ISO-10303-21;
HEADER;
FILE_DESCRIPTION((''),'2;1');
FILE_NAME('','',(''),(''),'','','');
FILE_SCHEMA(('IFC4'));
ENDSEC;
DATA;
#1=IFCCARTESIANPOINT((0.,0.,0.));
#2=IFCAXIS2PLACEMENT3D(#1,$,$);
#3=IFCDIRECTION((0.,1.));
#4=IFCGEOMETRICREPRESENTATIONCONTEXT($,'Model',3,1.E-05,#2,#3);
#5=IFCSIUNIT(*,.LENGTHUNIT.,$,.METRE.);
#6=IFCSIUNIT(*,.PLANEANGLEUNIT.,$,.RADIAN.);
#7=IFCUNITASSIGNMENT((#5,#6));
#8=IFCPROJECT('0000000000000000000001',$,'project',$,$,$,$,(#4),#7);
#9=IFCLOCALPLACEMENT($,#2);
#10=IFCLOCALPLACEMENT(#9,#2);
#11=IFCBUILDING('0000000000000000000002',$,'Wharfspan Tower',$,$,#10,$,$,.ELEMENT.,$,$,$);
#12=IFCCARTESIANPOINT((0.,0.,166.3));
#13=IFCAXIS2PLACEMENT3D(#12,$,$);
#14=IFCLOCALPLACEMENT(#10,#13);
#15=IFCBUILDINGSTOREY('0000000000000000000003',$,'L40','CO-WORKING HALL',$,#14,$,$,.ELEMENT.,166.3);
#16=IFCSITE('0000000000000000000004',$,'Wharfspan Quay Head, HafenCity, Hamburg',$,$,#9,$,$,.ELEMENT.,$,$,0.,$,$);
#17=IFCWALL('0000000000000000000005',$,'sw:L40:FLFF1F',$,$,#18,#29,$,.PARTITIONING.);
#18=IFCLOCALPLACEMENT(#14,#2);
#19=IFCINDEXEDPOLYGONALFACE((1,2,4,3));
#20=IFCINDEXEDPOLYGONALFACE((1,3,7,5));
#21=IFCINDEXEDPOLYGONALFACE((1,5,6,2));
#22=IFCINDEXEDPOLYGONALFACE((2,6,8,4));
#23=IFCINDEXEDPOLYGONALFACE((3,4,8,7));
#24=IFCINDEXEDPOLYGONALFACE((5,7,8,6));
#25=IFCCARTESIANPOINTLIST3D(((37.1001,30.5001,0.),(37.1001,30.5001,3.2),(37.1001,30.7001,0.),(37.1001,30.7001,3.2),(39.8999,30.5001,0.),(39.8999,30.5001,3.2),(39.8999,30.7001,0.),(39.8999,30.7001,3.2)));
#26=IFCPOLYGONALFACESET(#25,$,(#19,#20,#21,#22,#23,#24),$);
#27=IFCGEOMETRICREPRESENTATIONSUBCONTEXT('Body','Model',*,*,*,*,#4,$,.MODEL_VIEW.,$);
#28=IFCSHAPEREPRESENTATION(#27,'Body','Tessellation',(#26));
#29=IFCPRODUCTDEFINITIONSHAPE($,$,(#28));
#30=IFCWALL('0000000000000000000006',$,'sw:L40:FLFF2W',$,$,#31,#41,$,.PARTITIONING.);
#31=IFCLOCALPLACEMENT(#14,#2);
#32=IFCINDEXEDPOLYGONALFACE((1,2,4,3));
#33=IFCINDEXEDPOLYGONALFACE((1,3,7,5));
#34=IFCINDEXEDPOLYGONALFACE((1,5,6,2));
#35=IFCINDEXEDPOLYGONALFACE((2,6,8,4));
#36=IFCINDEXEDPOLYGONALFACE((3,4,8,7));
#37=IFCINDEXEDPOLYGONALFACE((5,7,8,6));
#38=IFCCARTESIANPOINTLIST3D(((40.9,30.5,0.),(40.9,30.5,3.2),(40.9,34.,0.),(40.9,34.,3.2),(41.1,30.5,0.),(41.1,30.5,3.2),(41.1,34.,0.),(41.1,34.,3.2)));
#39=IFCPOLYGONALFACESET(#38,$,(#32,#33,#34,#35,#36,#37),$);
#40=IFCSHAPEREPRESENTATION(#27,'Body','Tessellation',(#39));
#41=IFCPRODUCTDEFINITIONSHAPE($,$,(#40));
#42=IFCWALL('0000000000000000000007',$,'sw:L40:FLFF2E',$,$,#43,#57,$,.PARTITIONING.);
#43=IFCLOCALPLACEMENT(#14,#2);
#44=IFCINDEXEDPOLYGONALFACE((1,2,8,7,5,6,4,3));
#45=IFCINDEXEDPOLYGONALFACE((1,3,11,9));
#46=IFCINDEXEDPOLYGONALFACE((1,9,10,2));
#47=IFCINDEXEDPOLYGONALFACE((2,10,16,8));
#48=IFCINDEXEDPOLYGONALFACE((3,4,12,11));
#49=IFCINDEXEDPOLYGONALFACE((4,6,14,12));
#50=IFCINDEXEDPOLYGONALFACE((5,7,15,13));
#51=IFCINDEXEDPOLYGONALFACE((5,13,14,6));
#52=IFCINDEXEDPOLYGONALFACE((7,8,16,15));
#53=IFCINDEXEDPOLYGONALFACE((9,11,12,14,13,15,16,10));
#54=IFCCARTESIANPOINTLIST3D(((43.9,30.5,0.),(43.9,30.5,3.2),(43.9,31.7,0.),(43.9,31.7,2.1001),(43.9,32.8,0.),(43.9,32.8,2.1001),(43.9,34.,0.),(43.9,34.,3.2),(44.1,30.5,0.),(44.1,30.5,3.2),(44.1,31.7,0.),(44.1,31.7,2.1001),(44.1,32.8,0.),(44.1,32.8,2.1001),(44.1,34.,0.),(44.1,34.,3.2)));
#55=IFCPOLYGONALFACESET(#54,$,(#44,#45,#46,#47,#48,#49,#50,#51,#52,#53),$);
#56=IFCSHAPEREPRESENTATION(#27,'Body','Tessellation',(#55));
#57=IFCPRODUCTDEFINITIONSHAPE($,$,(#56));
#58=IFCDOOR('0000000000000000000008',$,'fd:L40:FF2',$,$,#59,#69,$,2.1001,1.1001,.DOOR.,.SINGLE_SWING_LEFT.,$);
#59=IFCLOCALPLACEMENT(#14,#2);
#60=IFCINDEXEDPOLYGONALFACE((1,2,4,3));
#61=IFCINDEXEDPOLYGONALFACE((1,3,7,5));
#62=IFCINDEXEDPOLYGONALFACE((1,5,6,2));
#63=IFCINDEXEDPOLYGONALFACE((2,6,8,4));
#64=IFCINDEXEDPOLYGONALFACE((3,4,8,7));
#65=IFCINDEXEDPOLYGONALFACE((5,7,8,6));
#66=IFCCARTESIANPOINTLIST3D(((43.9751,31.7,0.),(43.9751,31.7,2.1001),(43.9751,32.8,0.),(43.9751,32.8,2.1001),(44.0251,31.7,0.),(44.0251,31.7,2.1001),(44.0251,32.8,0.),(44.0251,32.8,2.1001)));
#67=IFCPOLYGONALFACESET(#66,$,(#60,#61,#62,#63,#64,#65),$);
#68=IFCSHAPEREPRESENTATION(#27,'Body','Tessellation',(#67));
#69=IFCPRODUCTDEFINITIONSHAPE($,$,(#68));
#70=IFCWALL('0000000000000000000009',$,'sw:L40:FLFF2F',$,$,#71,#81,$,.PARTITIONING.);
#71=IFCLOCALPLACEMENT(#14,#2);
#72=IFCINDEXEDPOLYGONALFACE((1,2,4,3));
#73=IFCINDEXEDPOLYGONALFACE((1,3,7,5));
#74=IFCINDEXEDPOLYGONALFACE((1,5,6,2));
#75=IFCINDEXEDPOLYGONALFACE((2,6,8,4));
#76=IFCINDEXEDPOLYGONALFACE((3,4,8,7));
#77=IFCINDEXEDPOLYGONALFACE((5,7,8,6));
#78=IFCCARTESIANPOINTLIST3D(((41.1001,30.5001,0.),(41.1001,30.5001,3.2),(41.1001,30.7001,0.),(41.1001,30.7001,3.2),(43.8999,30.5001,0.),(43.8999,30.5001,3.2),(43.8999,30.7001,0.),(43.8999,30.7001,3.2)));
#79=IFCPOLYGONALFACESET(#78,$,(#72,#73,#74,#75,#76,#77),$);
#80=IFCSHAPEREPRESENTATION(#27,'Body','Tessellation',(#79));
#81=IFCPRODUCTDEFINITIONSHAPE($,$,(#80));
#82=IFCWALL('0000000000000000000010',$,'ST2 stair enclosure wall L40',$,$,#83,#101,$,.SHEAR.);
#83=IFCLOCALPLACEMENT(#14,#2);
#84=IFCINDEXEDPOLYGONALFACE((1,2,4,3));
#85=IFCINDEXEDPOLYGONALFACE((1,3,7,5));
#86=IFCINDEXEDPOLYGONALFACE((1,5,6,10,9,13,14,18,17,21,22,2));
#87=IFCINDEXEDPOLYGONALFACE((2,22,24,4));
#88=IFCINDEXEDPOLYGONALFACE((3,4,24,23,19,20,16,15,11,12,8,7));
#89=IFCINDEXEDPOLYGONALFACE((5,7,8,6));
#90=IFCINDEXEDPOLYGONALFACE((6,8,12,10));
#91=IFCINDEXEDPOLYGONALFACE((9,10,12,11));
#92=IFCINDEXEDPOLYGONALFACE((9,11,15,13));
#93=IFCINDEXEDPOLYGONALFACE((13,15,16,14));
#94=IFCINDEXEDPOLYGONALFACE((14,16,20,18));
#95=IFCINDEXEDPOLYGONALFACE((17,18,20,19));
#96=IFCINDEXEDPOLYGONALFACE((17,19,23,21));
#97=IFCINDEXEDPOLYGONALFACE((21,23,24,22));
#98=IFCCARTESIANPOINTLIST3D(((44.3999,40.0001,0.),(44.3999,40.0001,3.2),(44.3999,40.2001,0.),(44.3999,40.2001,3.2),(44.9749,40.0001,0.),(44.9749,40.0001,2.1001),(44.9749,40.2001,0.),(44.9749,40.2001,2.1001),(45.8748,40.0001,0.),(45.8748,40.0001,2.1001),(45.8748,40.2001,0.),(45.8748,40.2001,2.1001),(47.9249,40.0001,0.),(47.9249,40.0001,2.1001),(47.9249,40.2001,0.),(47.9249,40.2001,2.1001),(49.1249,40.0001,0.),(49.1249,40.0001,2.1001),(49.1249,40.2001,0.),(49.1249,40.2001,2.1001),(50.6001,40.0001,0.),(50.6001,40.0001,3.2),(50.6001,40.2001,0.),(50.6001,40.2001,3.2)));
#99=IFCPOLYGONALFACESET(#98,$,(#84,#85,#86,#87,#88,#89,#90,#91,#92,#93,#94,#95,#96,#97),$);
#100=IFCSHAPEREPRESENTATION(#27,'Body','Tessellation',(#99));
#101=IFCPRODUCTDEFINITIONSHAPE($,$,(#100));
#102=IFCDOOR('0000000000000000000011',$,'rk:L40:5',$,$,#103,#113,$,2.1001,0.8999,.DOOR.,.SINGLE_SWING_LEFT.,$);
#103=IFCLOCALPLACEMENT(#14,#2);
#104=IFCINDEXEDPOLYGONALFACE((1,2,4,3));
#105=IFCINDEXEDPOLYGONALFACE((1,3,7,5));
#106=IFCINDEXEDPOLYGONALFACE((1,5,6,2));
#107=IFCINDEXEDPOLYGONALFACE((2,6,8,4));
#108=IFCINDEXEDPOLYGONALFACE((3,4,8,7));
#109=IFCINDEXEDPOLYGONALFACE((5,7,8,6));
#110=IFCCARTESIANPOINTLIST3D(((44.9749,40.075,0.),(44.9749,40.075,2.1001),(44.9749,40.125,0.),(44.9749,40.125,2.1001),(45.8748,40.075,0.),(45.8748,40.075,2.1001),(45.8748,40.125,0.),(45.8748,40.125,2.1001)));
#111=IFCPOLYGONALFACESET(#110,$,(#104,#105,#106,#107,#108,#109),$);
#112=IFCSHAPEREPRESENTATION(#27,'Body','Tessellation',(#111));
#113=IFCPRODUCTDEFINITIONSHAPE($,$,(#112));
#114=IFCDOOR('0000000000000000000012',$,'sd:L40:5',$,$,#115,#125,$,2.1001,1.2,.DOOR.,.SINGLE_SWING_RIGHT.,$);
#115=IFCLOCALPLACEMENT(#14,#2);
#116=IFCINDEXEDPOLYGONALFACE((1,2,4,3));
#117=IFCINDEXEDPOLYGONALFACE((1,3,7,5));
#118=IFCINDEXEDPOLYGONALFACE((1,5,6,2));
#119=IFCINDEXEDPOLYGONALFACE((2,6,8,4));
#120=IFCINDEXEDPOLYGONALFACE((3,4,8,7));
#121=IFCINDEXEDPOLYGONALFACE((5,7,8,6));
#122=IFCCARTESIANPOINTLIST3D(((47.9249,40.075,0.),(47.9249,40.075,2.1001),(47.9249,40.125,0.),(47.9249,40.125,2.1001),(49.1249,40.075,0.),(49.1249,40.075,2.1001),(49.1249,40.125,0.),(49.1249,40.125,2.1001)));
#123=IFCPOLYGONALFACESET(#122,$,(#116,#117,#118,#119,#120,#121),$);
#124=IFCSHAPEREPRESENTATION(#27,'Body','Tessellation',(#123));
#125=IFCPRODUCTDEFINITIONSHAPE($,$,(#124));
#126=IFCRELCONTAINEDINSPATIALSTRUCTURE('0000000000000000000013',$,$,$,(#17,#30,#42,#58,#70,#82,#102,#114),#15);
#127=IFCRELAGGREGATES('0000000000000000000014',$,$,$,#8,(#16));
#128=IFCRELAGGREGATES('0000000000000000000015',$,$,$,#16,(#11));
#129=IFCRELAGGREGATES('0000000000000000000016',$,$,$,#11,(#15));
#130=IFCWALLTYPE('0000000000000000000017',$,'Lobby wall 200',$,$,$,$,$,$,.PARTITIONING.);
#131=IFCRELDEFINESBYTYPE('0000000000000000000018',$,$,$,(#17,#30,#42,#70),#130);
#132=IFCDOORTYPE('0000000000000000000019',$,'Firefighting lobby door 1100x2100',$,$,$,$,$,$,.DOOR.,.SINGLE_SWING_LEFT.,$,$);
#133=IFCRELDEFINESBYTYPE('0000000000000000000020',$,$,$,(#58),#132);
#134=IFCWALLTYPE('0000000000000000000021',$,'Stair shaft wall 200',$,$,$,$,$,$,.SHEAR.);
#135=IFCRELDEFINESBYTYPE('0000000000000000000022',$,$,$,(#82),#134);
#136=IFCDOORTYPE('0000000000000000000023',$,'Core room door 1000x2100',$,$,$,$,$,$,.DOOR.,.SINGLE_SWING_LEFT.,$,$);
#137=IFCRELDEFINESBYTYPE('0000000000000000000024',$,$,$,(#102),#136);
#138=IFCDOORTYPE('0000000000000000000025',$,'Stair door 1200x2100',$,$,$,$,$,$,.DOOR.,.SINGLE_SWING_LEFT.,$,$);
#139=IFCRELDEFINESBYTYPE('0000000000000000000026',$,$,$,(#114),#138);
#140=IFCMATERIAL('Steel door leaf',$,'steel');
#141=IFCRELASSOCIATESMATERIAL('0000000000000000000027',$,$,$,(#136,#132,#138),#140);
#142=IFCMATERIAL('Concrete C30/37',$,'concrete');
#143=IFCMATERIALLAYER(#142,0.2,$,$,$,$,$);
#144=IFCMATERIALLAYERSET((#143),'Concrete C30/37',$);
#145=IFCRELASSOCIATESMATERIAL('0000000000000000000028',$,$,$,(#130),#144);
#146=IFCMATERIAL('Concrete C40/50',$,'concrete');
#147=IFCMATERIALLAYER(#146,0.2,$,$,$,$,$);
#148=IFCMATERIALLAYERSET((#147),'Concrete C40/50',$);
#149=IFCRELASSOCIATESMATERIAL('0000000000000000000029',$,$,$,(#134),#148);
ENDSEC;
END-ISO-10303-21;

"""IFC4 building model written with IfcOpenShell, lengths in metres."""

from ifc_helpers import new_model, si_unit, direction, frame, frame_2d, origin, place, context, subcontext, project, spatial, rectangle, extrude, material, layer, layer_set, type_object, element, fill, save


model = new_model("IFC4")

# Units and contexts
model_context = context("Model", 3, precision=1e-05, world=origin(), true_north=direction((0.0, 1.0)))
body_context = subcontext(model_context, "Body", "Model", "MODEL_VIEW")
ifc_project = project(units=[si_unit("LENGTHUNIT", "METRE"), si_unit("PLANEANGLEUNIT", "RADIAN")], contexts=[model_context])

# Site, building, storey
site_placement = place(None, origin())
site = spatial("IfcSite", under=ifc_project, at=site_placement, Name="Wharfspan Quay Head, HafenCity, Hamburg", CompositionType="ELEMENT", RefElevation=0.0)
building_placement = place(site_placement, origin())
building = spatial("IfcBuilding", under=site, at=building_placement, Name="Wharfspan Tower", CompositionType="ELEMENT")
storey_placement = place(building_placement, frame((0.0, 0.0, 166.3)))
storey = spatial("IfcBuildingStorey", under=building, at=storey_placement, Name="L40", Description="CO-WORKING HALL", CompositionType="ELEMENT", Elevation=166.3)

# Shared definitions
ifc_material_1 = material(Name="Steel door leaf", Category="steel")
door_type_1 = type_object("IfcDoorType", Name="Core room door 1000x2100", OperationType="SINGLE_SWING_LEFT", PredefinedType="DOOR", material=ifc_material_1)

# Shared definitions
ifc_material_2 = material(Name="Concrete C30/37", Category="concrete")
ifc_layer_1 = layer(ifc_material_2, 0.2)
ifc_layer_set_1 = layer_set([ifc_layer_1], Name="Concrete C30/37")
wall_type_1 = type_object("IfcWallType", Name="Lobby wall 200", PredefinedType="PARTITIONING", material=ifc_layer_set_1)
door_type_2 = type_object("IfcDoorType", Name="Firefighting lobby door 1100x2100", OperationType="SINGLE_SWING_LEFT", PredefinedType="DOOR", material=ifc_material_1)

# Walls
wall_1_placement = place(storey_placement, frame((37.1001, 30.6001, 0.0), z_axis=(0.0, 0.0, 1.0), x_axis=(1.0, 0.0, 0.0)))
element("IfcWall", 1, at=wall_1_placement, inside=storey, type_object=wall_type_1, Name="sw:L40:FLFF1F", PredefinedType="PARTITIONING", context=body_context, shape_type="SweptSolid", body=[
    extrude(rectangle(XDim=2.7998, YDim=0.2, at=frame_2d((1.3999, 0.0))), origin(), (0.0, 0.0, 1.0), 3.2),
])
wall_2_placement = place(storey_placement, frame((41.0, 30.5, 0.0), z_axis=(0.0, 0.0, 1.0), x_axis=(0.0, 1.0, 0.0)))
element("IfcWall", 2, at=wall_2_placement, inside=storey, type_object=wall_type_1, Name="sw:L40:FLFF2W", PredefinedType="PARTITIONING", context=body_context, shape_type="SweptSolid", body=[
    extrude(rectangle(XDim=3.5, YDim=0.2, at=frame_2d((1.75, 0.0))), origin(), (0.0, 0.0, 1.0), 3.2),
])

# Wall, opening, door
wall_3_placement = place(storey_placement, frame((44.0, 30.5, 0.0), z_axis=(0.0, 0.0, 1.0), x_axis=(0.0, 1.0, 0.0)))
wall_3 = element("IfcWall", 3, at=wall_3_placement, inside=storey, type_object=wall_type_1, Name="sw:L40:FLFF2E", PredefinedType="PARTITIONING", context=body_context, shape_type="SweptSolid", body=[
    extrude(rectangle(XDim=3.5, YDim=0.2, at=frame_2d((1.75, 0.0))), origin(), (0.0, 0.0, 1.0), 3.2),
])
opening_1_placement = place(wall_3_placement, frame((1.2, 0.0, 0.0)))
opening_1 = element("IfcOpeningElement", 4, at=opening_1_placement, cuts=wall_3, PredefinedType="OPENING", context=body_context, shape_type="SweptSolid", body=[
    extrude(rectangle(XDim=1.1001, YDim=2.1001, at=frame_2d((0.55, 1.05))), frame((0.0, 0.1099, 0.0), z_axis=(0.0, -1.0, 0.0), x_axis=(1.0, 0.0, 0.0)), (0.0, 0.0, 1.0), 0.22),
])
door_1_placement = place(opening_1_placement, origin())
door_1 = element("IfcDoor", 5, at=door_1_placement, inside=storey, type_object=door_type_2, Name="fd:L40:FF2", OperationType="SINGLE_SWING_LEFT", OverallHeight=2.1001, OverallWidth=1.1001, PredefinedType="DOOR", context=body_context, shape_type="SweptSolid", body=[
    extrude(rectangle(XDim=1.1001, YDim=2.1001, at=frame_2d((0.55, 1.05))), frame((0.0, 0.0249, 0.0), z_axis=(0.0, -1.0, 0.0), x_axis=(1.0, 0.0, 0.0)), (0.0, 0.0, 1.0), 0.05),
])
fill(opening_1, door_1)

# Wall
wall_4_placement = place(storey_placement, frame((41.1001, 30.6001, 0.0), z_axis=(0.0, 0.0, 1.0), x_axis=(1.0, 0.0, 0.0)))
element("IfcWall", 6, at=wall_4_placement, inside=storey, type_object=wall_type_1, Name="sw:L40:FLFF2F", PredefinedType="PARTITIONING", context=body_context, shape_type="SweptSolid", body=[
    extrude(rectangle(XDim=2.7998, YDim=0.2, at=frame_2d((1.3999, 0.0))), origin(), (0.0, 0.0, 1.0), 3.2),
])

# Wall, openings, doors
ifc_material_3 = material(Name="Concrete C40/50", Category="concrete")
ifc_layer_2 = layer(ifc_material_3, 0.2)
ifc_layer_set_2 = layer_set([ifc_layer_2], Name="Concrete C40/50")
wall_type_2 = type_object("IfcWallType", Name="Stair shaft wall 200", PredefinedType="SHEAR", material=ifc_layer_set_2)
wall_5_placement = place(storey_placement, frame((44.3999, 40.1001, 0.0), z_axis=(0.0, 0.0, 1.0), x_axis=(1.0, 0.0, 0.0)))
wall_5 = element("IfcWall", 7, at=wall_5_placement, inside=storey, type_object=wall_type_2, Name="ST2 stair enclosure wall L40", PredefinedType="SHEAR", context=body_context, shape_type="SweptSolid", body=[
    extrude(rectangle(XDim=6.2002, YDim=0.2, at=frame_2d((3.1001, 0.0))), origin(), (0.0, 0.0, 1.0), 3.2),
])
opening_2_placement = place(wall_5_placement, frame((3.5249, 0.0, 0.0)))
opening_2 = element("IfcOpeningElement", 8, at=opening_2_placement, cuts=wall_5, PredefinedType="OPENING", context=body_context, shape_type="SweptSolid", body=[
    extrude(rectangle(XDim=1.2, YDim=2.1001, at=frame_2d((0.6001, 1.05))), frame((0.0, 0.1099, 0.0), z_axis=(0.0, -1.0, 0.0), x_axis=(1.0, 0.0, 0.0)), (0.0, 0.0, 1.0), 0.22),
])
opening_3_placement = place(wall_5_placement, frame((0.575, 0.0, 0.0)))
opening_3 = element("IfcOpeningElement", 9, at=opening_3_placement, cuts=wall_5, PredefinedType="OPENING", context=body_context, shape_type="SweptSolid", body=[
    extrude(rectangle(XDim=0.8999, YDim=2.1001, at=frame_2d((0.45, 1.05))), frame((0.0, 0.1099, 0.0), z_axis=(0.0, -1.0, 0.0), x_axis=(1.0, 0.0, 0.0)), (0.0, 0.0, 1.0), 0.22),
])
door_2_placement = place(opening_3_placement, origin())
door_2 = element("IfcDoor", 10, at=door_2_placement, inside=storey, type_object=door_type_1, Name="rk:L40:5", OperationType="SINGLE_SWING_LEFT", OverallHeight=2.1001, OverallWidth=0.8999, PredefinedType="DOOR", context=body_context, shape_type="SweptSolid", body=[
    extrude(rectangle(XDim=0.8999, YDim=2.1001, at=frame_2d((0.45, 1.05))), frame((0.0, 0.0249, 0.0), z_axis=(0.0, -1.0, 0.0), x_axis=(1.0, 0.0, 0.0)), (0.0, 0.0, 1.0), 0.05),
])
fill(opening_3, door_2)
door_type_3 = type_object("IfcDoorType", Name="Stair door 1200x2100", OperationType="SINGLE_SWING_LEFT", PredefinedType="DOOR", material=ifc_material_1)
door_3_placement = place(opening_2_placement, origin())
door_3 = element("IfcDoor", 11, at=door_3_placement, inside=storey, type_object=door_type_3, Name="sd:L40:5", OperationType="SINGLE_SWING_RIGHT", OverallHeight=2.1001, OverallWidth=1.2, PredefinedType="DOOR", context=body_context, shape_type="SweptSolid", body=[
    extrude(rectangle(XDim=1.2, YDim=2.1001, at=frame_2d((0.6001, 1.05))), frame((0.0, 0.0249, 0.0), z_axis=(0.0, -1.0, 0.0), x_axis=(1.0, 0.0, 0.0)), (0.0, 0.0, 1.0), 0.05),
])
fill(opening_2, door_3)

save(model, "model.ifc")
